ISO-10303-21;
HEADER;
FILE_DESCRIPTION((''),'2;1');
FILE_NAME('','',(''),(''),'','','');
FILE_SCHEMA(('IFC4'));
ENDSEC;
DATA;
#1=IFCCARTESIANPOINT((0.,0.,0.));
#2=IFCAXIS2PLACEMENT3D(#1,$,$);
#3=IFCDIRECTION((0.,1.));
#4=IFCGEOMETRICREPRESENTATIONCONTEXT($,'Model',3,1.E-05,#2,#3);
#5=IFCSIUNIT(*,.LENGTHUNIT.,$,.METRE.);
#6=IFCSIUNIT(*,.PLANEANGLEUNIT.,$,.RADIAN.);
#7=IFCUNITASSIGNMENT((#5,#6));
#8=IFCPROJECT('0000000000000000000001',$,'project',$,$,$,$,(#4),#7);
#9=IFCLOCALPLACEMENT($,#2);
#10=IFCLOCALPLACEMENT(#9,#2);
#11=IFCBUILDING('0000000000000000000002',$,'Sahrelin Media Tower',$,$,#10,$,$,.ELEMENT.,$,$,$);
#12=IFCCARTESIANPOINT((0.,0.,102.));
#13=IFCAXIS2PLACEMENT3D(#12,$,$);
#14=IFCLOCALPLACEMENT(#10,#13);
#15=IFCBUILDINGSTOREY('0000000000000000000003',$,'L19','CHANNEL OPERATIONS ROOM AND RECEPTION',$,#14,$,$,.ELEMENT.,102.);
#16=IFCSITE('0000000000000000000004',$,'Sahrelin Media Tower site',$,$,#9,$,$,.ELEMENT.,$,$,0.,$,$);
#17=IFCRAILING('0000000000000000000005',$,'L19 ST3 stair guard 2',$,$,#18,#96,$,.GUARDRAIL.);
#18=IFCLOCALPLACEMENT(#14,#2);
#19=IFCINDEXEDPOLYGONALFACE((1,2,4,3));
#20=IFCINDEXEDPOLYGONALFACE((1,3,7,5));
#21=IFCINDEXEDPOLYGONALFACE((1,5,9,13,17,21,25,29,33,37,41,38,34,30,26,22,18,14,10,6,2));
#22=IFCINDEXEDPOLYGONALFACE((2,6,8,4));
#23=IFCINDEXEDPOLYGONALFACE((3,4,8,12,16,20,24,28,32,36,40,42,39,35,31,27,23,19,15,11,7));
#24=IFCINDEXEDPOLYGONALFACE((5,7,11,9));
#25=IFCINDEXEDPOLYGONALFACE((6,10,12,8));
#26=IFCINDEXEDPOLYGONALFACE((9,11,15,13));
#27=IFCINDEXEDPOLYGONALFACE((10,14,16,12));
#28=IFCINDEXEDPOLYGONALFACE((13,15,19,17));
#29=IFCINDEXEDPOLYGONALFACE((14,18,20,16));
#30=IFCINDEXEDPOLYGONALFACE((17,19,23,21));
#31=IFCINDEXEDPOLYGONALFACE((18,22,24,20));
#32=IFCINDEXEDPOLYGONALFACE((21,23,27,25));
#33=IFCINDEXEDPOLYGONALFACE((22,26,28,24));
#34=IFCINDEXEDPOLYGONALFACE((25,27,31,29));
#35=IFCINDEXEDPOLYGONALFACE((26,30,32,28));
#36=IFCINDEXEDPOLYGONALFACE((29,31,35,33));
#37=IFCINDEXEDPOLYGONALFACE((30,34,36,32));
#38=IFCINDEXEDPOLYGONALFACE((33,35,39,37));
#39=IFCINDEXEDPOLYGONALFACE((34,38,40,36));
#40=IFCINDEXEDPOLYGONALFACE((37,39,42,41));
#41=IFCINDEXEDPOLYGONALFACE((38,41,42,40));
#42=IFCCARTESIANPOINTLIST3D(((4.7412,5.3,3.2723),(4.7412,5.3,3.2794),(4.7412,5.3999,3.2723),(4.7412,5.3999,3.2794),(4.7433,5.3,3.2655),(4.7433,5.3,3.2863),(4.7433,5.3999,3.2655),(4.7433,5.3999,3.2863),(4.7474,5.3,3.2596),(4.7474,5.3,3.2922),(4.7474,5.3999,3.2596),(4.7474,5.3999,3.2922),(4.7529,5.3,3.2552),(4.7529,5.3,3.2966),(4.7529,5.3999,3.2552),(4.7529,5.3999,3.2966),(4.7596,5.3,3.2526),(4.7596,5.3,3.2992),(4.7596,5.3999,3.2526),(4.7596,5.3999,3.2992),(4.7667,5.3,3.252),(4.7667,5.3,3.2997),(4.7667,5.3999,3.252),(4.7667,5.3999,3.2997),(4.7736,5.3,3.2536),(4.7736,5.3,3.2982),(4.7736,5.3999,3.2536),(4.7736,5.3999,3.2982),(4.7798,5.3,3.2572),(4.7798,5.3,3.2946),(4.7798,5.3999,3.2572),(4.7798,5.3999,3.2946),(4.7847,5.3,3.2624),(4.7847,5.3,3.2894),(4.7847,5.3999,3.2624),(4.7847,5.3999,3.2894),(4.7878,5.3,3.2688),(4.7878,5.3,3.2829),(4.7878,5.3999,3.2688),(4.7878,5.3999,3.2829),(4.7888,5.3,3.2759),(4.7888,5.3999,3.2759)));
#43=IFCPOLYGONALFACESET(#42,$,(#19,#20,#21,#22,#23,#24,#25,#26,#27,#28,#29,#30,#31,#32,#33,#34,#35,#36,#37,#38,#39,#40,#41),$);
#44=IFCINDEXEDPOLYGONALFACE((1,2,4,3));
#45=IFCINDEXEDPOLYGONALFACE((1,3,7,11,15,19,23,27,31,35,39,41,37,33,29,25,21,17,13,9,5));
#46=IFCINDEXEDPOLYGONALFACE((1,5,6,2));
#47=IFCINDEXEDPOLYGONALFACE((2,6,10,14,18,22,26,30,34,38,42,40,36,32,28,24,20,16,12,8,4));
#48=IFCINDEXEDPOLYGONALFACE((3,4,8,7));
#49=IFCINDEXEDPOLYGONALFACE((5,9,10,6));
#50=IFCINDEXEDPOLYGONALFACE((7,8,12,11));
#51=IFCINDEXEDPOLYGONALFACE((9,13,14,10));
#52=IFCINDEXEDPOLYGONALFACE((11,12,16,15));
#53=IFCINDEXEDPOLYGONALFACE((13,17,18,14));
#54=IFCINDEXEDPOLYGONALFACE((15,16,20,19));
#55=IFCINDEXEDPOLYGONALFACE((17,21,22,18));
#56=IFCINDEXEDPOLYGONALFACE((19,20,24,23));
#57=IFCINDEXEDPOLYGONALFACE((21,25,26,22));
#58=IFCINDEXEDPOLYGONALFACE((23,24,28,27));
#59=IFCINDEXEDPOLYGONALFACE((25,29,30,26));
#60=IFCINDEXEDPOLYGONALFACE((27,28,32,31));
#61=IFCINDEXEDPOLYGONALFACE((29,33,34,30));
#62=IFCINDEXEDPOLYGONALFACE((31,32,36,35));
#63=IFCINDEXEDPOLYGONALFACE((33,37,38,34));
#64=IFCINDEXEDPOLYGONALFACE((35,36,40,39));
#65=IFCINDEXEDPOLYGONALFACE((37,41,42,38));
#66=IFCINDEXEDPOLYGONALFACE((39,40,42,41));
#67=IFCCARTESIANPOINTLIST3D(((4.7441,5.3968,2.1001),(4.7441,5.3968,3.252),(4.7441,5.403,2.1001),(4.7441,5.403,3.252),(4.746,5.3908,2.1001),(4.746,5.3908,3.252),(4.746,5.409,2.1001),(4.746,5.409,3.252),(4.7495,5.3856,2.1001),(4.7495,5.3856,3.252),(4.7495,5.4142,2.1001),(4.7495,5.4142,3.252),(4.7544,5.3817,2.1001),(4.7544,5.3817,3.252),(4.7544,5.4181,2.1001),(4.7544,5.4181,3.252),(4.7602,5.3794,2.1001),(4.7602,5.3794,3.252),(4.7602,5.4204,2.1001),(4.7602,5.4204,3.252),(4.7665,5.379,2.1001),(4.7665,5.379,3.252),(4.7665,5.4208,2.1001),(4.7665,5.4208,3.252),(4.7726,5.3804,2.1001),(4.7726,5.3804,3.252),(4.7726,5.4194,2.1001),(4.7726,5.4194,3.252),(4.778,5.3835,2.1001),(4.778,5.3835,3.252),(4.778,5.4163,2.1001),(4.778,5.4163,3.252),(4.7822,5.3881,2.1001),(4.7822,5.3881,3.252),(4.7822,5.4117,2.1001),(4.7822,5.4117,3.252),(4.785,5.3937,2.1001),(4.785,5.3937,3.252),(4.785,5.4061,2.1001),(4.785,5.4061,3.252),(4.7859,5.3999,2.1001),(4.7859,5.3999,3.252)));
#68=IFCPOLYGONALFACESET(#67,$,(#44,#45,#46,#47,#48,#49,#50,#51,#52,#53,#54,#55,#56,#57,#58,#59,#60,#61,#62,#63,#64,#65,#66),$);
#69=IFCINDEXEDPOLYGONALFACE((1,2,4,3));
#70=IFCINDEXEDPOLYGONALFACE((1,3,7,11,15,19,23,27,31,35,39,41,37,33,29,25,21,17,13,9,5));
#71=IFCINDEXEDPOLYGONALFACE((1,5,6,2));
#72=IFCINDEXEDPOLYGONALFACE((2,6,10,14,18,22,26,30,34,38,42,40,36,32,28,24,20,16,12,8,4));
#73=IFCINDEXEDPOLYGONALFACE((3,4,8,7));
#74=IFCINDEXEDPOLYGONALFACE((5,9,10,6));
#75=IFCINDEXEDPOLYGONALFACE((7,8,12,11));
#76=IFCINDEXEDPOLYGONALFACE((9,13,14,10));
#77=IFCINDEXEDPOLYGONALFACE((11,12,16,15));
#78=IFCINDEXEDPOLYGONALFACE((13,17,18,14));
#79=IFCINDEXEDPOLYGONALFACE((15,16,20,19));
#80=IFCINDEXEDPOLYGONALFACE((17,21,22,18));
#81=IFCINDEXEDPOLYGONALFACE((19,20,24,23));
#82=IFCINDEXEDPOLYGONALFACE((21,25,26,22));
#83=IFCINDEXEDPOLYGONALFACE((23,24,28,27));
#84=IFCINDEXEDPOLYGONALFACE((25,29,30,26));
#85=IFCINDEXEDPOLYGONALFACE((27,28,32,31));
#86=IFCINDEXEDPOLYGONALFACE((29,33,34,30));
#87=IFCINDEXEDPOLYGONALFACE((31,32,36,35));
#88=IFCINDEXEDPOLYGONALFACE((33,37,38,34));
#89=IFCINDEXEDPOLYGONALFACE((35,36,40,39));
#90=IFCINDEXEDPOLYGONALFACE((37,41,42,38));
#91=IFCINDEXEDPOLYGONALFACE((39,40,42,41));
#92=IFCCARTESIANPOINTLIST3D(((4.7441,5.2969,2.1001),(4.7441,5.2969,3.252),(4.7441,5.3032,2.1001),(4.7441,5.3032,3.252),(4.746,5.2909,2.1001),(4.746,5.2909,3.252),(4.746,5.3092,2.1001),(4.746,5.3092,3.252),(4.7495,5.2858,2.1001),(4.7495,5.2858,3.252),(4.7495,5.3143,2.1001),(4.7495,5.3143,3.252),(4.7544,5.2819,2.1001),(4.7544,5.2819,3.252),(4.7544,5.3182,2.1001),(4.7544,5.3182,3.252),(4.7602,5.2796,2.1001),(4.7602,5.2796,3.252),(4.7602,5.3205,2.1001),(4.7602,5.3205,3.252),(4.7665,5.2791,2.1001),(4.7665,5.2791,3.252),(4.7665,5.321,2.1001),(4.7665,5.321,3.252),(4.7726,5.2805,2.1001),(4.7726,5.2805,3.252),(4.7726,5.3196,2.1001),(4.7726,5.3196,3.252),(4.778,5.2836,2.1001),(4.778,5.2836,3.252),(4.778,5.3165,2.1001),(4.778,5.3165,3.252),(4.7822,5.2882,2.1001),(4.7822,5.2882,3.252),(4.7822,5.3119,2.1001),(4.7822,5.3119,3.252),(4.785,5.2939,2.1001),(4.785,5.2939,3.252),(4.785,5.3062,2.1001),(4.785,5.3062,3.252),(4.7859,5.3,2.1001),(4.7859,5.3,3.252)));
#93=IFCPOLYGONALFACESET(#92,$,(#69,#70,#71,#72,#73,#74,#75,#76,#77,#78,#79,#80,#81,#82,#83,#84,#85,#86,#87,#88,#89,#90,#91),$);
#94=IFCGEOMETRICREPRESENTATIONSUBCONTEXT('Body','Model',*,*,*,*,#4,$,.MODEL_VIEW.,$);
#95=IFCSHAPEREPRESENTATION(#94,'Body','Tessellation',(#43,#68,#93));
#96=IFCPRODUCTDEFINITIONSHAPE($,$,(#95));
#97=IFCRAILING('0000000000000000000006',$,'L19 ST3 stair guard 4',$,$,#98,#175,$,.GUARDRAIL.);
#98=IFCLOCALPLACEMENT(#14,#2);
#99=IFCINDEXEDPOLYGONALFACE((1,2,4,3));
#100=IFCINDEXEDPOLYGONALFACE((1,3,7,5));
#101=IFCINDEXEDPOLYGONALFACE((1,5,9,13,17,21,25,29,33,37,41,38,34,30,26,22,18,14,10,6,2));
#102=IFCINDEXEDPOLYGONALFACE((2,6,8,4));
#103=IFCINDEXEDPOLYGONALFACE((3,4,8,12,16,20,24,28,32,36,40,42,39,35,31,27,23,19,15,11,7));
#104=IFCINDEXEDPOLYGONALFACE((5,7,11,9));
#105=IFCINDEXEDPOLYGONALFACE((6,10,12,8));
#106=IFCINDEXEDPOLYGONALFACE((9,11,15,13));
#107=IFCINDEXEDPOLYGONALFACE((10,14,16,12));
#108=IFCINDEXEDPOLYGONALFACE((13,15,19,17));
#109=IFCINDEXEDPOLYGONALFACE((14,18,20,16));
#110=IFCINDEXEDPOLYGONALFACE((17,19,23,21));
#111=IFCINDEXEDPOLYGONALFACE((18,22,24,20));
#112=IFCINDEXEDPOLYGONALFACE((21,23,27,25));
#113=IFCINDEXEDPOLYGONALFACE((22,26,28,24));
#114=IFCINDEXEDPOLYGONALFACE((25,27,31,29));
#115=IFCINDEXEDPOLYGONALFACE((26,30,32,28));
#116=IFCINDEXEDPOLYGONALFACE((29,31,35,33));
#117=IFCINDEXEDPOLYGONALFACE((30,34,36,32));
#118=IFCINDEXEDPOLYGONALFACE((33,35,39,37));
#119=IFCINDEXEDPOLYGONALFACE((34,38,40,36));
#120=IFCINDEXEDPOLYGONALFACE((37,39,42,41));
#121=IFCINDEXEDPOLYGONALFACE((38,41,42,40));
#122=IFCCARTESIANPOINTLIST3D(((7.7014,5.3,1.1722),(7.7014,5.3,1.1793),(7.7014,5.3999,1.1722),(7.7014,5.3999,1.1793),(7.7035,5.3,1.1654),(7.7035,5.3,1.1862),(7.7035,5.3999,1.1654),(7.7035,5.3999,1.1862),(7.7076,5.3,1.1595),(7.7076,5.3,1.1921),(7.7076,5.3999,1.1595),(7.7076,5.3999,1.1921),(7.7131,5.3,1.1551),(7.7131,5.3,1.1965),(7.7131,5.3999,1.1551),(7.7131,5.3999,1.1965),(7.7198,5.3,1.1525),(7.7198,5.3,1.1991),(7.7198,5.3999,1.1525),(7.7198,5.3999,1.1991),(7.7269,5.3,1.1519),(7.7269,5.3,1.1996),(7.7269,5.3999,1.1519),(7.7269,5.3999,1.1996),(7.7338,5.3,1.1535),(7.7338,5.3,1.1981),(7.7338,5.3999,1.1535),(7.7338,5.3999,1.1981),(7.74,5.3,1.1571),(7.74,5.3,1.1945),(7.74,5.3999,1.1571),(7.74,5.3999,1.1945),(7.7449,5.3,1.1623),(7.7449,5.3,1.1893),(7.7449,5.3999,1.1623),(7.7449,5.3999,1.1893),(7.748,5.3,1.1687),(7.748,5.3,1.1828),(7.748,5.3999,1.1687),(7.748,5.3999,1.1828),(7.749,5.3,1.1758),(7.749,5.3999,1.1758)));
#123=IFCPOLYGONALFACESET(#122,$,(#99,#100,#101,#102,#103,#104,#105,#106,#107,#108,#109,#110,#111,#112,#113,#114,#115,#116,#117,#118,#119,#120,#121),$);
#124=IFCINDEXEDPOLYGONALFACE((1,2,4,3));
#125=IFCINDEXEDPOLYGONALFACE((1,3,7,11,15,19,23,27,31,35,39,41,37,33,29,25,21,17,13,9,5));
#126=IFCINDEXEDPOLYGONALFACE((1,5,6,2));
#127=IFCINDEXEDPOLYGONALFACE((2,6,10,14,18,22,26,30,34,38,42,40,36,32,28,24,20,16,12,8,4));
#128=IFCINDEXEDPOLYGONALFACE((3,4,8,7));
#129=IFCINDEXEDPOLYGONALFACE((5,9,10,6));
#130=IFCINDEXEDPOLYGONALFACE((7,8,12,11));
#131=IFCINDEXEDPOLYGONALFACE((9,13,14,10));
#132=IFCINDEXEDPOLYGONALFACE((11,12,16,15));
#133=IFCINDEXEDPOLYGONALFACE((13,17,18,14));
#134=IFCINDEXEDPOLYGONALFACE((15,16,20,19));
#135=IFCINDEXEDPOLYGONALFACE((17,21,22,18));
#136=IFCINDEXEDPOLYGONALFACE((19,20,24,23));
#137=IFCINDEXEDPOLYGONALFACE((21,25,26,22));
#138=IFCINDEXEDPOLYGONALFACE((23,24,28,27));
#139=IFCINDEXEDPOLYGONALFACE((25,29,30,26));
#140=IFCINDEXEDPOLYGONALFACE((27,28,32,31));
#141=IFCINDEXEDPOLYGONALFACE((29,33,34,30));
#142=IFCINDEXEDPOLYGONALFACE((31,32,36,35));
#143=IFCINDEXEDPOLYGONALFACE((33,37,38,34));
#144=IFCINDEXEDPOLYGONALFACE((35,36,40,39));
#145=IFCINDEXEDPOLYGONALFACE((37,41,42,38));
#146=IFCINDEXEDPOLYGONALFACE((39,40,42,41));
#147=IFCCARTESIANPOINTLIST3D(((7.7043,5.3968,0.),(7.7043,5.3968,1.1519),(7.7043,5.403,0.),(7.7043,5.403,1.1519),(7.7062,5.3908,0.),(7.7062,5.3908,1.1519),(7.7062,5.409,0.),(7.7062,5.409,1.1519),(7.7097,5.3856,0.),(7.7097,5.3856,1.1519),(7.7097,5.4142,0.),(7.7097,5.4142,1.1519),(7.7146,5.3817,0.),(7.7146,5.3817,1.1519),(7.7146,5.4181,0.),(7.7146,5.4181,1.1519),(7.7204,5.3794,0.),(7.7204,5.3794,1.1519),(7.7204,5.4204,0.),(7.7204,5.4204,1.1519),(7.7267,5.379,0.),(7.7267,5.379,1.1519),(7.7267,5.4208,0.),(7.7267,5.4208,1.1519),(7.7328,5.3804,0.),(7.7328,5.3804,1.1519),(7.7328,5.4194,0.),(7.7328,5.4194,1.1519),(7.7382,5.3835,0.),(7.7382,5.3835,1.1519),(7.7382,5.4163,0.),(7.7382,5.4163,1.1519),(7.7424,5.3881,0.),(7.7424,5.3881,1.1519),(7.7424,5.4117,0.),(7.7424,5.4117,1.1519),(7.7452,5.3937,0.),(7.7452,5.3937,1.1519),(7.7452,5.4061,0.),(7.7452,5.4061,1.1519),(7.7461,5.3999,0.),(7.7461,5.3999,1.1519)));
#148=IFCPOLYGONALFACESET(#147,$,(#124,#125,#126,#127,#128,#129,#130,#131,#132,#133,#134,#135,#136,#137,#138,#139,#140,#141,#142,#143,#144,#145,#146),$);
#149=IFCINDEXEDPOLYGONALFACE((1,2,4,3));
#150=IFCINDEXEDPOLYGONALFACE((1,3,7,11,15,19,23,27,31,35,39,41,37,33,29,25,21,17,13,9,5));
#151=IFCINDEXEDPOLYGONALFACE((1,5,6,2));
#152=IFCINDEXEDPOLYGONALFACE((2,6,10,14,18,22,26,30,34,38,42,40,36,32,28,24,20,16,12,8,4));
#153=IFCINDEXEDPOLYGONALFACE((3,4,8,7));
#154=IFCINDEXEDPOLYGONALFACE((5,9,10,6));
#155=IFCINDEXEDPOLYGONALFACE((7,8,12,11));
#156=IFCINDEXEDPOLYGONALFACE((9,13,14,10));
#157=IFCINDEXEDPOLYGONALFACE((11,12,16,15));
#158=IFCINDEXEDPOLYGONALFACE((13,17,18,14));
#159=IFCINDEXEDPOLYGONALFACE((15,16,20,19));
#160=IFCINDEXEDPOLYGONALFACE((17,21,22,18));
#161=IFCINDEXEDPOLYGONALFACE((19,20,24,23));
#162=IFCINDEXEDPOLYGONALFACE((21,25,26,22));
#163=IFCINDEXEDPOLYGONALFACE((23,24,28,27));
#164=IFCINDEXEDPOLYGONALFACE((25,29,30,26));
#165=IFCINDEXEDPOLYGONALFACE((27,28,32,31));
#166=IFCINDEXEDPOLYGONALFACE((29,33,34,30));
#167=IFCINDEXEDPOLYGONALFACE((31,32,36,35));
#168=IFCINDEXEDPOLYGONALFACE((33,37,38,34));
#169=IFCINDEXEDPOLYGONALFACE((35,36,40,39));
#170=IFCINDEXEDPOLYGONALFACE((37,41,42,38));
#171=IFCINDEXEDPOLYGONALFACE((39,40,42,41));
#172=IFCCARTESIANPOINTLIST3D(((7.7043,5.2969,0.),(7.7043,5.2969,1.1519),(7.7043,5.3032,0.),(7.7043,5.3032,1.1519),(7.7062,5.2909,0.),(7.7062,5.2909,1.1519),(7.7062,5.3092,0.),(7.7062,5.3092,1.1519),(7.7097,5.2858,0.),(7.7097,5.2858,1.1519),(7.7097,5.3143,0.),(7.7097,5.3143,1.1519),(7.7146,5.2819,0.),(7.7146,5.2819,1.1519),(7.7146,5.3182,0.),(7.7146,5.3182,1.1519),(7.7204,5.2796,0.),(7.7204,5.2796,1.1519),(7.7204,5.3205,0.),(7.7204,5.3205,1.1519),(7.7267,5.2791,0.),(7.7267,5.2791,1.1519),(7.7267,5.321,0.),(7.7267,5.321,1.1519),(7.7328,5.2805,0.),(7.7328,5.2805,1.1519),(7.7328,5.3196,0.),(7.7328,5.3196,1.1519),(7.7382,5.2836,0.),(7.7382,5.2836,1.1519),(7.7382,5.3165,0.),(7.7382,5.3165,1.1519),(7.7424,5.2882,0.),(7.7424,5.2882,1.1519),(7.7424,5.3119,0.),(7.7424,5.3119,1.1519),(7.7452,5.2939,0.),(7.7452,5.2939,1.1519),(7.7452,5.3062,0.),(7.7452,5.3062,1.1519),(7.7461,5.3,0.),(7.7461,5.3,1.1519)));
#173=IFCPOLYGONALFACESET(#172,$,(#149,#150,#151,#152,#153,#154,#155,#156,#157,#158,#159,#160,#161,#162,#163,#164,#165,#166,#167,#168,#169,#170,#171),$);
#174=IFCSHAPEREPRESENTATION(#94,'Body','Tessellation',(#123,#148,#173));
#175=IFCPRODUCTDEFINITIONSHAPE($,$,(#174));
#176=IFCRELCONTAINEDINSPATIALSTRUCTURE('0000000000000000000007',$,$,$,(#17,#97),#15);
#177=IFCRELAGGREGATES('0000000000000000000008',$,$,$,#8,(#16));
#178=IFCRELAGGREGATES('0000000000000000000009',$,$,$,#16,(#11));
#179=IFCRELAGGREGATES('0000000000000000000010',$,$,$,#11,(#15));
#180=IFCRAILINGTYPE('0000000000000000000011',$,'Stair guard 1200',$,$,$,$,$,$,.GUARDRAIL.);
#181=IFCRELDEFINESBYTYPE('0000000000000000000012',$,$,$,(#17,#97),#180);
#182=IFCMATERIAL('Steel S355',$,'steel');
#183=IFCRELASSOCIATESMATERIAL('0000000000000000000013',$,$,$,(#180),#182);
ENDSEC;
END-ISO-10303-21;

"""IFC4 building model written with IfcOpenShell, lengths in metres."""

from ifc_helpers import new_model, si_unit, direction, frame, origin, origin_2d, place, context, subcontext, project, spatial, circle, extrude, material, type_object, element, save


model = new_model("IFC4")

# Units and contexts
model_context = context("Model", 3, precision=1e-05, world=origin(), true_north=direction((0.0, 1.0)))
body_context = subcontext(model_context, "Body", "Model", "MODEL_VIEW")
ifc_project = project(units=[si_unit("LENGTHUNIT", "METRE"), si_unit("PLANEANGLEUNIT", "RADIAN")], contexts=[model_context])

# Site, building, storey
site_placement = place(None, origin())
site = spatial("IfcSite", under=ifc_project, at=site_placement, Name="Sahrelin Media Tower site", CompositionType="ELEMENT", RefElevation=0.0)
building_placement = place(site_placement, origin())
building = spatial("IfcBuilding", under=site, at=building_placement, Name="Sahrelin Media Tower", CompositionType="ELEMENT")
storey_placement = place(building_placement, frame((0.0, 0.0, 102.0)))
storey = spatial("IfcBuildingStorey", under=building, at=storey_placement, Name="L19", Description="CHANNEL OPERATIONS ROOM AND RECEPTION", CompositionType="ELEMENT", Elevation=102.0)

# Shared definitions
ifc_material_1 = material(Name="Steel S355", Category="steel")

# Railings
railing_type_1 = type_object("IfcRailingType", Name="Stair guard 1200", PredefinedType="GUARDRAIL", material=ifc_material_1)
for number, where, name in (
    (1, (4.7649, 5.3999, 2.1001), "L19 ST3 stair guard 2"),
    (2, (7.7251, 5.3999, 0.0), "L19 ST3 stair guard 4"),
):
    element("IfcRailing", number, at=place(storey_placement, frame(where)), inside=storey, type_object=railing_type_1, Name=name, PredefinedType="GUARDRAIL", context=body_context, shape_type="SweptSolid", body=[
        extrude(circle(Radius=0.0239, at=origin_2d()), frame((0.0, 0.0, 1.1758), z_axis=(0.0, -1.0, 0.0), x_axis=(1.0, 0.0, 0.0)), (0.0, 0.0, 1.0), 0.0999),
        extrude(circle(Radius=0.021, at=origin_2d()), origin(), (0.0, 0.0, 1.0), 1.1519),
        extrude(circle(Radius=0.021, at=origin_2d()), frame((0.0, -0.0999, 0.0)), (0.0, 0.0, 1.0), 1.1519),
    ])

save(model, "model.ifc")
